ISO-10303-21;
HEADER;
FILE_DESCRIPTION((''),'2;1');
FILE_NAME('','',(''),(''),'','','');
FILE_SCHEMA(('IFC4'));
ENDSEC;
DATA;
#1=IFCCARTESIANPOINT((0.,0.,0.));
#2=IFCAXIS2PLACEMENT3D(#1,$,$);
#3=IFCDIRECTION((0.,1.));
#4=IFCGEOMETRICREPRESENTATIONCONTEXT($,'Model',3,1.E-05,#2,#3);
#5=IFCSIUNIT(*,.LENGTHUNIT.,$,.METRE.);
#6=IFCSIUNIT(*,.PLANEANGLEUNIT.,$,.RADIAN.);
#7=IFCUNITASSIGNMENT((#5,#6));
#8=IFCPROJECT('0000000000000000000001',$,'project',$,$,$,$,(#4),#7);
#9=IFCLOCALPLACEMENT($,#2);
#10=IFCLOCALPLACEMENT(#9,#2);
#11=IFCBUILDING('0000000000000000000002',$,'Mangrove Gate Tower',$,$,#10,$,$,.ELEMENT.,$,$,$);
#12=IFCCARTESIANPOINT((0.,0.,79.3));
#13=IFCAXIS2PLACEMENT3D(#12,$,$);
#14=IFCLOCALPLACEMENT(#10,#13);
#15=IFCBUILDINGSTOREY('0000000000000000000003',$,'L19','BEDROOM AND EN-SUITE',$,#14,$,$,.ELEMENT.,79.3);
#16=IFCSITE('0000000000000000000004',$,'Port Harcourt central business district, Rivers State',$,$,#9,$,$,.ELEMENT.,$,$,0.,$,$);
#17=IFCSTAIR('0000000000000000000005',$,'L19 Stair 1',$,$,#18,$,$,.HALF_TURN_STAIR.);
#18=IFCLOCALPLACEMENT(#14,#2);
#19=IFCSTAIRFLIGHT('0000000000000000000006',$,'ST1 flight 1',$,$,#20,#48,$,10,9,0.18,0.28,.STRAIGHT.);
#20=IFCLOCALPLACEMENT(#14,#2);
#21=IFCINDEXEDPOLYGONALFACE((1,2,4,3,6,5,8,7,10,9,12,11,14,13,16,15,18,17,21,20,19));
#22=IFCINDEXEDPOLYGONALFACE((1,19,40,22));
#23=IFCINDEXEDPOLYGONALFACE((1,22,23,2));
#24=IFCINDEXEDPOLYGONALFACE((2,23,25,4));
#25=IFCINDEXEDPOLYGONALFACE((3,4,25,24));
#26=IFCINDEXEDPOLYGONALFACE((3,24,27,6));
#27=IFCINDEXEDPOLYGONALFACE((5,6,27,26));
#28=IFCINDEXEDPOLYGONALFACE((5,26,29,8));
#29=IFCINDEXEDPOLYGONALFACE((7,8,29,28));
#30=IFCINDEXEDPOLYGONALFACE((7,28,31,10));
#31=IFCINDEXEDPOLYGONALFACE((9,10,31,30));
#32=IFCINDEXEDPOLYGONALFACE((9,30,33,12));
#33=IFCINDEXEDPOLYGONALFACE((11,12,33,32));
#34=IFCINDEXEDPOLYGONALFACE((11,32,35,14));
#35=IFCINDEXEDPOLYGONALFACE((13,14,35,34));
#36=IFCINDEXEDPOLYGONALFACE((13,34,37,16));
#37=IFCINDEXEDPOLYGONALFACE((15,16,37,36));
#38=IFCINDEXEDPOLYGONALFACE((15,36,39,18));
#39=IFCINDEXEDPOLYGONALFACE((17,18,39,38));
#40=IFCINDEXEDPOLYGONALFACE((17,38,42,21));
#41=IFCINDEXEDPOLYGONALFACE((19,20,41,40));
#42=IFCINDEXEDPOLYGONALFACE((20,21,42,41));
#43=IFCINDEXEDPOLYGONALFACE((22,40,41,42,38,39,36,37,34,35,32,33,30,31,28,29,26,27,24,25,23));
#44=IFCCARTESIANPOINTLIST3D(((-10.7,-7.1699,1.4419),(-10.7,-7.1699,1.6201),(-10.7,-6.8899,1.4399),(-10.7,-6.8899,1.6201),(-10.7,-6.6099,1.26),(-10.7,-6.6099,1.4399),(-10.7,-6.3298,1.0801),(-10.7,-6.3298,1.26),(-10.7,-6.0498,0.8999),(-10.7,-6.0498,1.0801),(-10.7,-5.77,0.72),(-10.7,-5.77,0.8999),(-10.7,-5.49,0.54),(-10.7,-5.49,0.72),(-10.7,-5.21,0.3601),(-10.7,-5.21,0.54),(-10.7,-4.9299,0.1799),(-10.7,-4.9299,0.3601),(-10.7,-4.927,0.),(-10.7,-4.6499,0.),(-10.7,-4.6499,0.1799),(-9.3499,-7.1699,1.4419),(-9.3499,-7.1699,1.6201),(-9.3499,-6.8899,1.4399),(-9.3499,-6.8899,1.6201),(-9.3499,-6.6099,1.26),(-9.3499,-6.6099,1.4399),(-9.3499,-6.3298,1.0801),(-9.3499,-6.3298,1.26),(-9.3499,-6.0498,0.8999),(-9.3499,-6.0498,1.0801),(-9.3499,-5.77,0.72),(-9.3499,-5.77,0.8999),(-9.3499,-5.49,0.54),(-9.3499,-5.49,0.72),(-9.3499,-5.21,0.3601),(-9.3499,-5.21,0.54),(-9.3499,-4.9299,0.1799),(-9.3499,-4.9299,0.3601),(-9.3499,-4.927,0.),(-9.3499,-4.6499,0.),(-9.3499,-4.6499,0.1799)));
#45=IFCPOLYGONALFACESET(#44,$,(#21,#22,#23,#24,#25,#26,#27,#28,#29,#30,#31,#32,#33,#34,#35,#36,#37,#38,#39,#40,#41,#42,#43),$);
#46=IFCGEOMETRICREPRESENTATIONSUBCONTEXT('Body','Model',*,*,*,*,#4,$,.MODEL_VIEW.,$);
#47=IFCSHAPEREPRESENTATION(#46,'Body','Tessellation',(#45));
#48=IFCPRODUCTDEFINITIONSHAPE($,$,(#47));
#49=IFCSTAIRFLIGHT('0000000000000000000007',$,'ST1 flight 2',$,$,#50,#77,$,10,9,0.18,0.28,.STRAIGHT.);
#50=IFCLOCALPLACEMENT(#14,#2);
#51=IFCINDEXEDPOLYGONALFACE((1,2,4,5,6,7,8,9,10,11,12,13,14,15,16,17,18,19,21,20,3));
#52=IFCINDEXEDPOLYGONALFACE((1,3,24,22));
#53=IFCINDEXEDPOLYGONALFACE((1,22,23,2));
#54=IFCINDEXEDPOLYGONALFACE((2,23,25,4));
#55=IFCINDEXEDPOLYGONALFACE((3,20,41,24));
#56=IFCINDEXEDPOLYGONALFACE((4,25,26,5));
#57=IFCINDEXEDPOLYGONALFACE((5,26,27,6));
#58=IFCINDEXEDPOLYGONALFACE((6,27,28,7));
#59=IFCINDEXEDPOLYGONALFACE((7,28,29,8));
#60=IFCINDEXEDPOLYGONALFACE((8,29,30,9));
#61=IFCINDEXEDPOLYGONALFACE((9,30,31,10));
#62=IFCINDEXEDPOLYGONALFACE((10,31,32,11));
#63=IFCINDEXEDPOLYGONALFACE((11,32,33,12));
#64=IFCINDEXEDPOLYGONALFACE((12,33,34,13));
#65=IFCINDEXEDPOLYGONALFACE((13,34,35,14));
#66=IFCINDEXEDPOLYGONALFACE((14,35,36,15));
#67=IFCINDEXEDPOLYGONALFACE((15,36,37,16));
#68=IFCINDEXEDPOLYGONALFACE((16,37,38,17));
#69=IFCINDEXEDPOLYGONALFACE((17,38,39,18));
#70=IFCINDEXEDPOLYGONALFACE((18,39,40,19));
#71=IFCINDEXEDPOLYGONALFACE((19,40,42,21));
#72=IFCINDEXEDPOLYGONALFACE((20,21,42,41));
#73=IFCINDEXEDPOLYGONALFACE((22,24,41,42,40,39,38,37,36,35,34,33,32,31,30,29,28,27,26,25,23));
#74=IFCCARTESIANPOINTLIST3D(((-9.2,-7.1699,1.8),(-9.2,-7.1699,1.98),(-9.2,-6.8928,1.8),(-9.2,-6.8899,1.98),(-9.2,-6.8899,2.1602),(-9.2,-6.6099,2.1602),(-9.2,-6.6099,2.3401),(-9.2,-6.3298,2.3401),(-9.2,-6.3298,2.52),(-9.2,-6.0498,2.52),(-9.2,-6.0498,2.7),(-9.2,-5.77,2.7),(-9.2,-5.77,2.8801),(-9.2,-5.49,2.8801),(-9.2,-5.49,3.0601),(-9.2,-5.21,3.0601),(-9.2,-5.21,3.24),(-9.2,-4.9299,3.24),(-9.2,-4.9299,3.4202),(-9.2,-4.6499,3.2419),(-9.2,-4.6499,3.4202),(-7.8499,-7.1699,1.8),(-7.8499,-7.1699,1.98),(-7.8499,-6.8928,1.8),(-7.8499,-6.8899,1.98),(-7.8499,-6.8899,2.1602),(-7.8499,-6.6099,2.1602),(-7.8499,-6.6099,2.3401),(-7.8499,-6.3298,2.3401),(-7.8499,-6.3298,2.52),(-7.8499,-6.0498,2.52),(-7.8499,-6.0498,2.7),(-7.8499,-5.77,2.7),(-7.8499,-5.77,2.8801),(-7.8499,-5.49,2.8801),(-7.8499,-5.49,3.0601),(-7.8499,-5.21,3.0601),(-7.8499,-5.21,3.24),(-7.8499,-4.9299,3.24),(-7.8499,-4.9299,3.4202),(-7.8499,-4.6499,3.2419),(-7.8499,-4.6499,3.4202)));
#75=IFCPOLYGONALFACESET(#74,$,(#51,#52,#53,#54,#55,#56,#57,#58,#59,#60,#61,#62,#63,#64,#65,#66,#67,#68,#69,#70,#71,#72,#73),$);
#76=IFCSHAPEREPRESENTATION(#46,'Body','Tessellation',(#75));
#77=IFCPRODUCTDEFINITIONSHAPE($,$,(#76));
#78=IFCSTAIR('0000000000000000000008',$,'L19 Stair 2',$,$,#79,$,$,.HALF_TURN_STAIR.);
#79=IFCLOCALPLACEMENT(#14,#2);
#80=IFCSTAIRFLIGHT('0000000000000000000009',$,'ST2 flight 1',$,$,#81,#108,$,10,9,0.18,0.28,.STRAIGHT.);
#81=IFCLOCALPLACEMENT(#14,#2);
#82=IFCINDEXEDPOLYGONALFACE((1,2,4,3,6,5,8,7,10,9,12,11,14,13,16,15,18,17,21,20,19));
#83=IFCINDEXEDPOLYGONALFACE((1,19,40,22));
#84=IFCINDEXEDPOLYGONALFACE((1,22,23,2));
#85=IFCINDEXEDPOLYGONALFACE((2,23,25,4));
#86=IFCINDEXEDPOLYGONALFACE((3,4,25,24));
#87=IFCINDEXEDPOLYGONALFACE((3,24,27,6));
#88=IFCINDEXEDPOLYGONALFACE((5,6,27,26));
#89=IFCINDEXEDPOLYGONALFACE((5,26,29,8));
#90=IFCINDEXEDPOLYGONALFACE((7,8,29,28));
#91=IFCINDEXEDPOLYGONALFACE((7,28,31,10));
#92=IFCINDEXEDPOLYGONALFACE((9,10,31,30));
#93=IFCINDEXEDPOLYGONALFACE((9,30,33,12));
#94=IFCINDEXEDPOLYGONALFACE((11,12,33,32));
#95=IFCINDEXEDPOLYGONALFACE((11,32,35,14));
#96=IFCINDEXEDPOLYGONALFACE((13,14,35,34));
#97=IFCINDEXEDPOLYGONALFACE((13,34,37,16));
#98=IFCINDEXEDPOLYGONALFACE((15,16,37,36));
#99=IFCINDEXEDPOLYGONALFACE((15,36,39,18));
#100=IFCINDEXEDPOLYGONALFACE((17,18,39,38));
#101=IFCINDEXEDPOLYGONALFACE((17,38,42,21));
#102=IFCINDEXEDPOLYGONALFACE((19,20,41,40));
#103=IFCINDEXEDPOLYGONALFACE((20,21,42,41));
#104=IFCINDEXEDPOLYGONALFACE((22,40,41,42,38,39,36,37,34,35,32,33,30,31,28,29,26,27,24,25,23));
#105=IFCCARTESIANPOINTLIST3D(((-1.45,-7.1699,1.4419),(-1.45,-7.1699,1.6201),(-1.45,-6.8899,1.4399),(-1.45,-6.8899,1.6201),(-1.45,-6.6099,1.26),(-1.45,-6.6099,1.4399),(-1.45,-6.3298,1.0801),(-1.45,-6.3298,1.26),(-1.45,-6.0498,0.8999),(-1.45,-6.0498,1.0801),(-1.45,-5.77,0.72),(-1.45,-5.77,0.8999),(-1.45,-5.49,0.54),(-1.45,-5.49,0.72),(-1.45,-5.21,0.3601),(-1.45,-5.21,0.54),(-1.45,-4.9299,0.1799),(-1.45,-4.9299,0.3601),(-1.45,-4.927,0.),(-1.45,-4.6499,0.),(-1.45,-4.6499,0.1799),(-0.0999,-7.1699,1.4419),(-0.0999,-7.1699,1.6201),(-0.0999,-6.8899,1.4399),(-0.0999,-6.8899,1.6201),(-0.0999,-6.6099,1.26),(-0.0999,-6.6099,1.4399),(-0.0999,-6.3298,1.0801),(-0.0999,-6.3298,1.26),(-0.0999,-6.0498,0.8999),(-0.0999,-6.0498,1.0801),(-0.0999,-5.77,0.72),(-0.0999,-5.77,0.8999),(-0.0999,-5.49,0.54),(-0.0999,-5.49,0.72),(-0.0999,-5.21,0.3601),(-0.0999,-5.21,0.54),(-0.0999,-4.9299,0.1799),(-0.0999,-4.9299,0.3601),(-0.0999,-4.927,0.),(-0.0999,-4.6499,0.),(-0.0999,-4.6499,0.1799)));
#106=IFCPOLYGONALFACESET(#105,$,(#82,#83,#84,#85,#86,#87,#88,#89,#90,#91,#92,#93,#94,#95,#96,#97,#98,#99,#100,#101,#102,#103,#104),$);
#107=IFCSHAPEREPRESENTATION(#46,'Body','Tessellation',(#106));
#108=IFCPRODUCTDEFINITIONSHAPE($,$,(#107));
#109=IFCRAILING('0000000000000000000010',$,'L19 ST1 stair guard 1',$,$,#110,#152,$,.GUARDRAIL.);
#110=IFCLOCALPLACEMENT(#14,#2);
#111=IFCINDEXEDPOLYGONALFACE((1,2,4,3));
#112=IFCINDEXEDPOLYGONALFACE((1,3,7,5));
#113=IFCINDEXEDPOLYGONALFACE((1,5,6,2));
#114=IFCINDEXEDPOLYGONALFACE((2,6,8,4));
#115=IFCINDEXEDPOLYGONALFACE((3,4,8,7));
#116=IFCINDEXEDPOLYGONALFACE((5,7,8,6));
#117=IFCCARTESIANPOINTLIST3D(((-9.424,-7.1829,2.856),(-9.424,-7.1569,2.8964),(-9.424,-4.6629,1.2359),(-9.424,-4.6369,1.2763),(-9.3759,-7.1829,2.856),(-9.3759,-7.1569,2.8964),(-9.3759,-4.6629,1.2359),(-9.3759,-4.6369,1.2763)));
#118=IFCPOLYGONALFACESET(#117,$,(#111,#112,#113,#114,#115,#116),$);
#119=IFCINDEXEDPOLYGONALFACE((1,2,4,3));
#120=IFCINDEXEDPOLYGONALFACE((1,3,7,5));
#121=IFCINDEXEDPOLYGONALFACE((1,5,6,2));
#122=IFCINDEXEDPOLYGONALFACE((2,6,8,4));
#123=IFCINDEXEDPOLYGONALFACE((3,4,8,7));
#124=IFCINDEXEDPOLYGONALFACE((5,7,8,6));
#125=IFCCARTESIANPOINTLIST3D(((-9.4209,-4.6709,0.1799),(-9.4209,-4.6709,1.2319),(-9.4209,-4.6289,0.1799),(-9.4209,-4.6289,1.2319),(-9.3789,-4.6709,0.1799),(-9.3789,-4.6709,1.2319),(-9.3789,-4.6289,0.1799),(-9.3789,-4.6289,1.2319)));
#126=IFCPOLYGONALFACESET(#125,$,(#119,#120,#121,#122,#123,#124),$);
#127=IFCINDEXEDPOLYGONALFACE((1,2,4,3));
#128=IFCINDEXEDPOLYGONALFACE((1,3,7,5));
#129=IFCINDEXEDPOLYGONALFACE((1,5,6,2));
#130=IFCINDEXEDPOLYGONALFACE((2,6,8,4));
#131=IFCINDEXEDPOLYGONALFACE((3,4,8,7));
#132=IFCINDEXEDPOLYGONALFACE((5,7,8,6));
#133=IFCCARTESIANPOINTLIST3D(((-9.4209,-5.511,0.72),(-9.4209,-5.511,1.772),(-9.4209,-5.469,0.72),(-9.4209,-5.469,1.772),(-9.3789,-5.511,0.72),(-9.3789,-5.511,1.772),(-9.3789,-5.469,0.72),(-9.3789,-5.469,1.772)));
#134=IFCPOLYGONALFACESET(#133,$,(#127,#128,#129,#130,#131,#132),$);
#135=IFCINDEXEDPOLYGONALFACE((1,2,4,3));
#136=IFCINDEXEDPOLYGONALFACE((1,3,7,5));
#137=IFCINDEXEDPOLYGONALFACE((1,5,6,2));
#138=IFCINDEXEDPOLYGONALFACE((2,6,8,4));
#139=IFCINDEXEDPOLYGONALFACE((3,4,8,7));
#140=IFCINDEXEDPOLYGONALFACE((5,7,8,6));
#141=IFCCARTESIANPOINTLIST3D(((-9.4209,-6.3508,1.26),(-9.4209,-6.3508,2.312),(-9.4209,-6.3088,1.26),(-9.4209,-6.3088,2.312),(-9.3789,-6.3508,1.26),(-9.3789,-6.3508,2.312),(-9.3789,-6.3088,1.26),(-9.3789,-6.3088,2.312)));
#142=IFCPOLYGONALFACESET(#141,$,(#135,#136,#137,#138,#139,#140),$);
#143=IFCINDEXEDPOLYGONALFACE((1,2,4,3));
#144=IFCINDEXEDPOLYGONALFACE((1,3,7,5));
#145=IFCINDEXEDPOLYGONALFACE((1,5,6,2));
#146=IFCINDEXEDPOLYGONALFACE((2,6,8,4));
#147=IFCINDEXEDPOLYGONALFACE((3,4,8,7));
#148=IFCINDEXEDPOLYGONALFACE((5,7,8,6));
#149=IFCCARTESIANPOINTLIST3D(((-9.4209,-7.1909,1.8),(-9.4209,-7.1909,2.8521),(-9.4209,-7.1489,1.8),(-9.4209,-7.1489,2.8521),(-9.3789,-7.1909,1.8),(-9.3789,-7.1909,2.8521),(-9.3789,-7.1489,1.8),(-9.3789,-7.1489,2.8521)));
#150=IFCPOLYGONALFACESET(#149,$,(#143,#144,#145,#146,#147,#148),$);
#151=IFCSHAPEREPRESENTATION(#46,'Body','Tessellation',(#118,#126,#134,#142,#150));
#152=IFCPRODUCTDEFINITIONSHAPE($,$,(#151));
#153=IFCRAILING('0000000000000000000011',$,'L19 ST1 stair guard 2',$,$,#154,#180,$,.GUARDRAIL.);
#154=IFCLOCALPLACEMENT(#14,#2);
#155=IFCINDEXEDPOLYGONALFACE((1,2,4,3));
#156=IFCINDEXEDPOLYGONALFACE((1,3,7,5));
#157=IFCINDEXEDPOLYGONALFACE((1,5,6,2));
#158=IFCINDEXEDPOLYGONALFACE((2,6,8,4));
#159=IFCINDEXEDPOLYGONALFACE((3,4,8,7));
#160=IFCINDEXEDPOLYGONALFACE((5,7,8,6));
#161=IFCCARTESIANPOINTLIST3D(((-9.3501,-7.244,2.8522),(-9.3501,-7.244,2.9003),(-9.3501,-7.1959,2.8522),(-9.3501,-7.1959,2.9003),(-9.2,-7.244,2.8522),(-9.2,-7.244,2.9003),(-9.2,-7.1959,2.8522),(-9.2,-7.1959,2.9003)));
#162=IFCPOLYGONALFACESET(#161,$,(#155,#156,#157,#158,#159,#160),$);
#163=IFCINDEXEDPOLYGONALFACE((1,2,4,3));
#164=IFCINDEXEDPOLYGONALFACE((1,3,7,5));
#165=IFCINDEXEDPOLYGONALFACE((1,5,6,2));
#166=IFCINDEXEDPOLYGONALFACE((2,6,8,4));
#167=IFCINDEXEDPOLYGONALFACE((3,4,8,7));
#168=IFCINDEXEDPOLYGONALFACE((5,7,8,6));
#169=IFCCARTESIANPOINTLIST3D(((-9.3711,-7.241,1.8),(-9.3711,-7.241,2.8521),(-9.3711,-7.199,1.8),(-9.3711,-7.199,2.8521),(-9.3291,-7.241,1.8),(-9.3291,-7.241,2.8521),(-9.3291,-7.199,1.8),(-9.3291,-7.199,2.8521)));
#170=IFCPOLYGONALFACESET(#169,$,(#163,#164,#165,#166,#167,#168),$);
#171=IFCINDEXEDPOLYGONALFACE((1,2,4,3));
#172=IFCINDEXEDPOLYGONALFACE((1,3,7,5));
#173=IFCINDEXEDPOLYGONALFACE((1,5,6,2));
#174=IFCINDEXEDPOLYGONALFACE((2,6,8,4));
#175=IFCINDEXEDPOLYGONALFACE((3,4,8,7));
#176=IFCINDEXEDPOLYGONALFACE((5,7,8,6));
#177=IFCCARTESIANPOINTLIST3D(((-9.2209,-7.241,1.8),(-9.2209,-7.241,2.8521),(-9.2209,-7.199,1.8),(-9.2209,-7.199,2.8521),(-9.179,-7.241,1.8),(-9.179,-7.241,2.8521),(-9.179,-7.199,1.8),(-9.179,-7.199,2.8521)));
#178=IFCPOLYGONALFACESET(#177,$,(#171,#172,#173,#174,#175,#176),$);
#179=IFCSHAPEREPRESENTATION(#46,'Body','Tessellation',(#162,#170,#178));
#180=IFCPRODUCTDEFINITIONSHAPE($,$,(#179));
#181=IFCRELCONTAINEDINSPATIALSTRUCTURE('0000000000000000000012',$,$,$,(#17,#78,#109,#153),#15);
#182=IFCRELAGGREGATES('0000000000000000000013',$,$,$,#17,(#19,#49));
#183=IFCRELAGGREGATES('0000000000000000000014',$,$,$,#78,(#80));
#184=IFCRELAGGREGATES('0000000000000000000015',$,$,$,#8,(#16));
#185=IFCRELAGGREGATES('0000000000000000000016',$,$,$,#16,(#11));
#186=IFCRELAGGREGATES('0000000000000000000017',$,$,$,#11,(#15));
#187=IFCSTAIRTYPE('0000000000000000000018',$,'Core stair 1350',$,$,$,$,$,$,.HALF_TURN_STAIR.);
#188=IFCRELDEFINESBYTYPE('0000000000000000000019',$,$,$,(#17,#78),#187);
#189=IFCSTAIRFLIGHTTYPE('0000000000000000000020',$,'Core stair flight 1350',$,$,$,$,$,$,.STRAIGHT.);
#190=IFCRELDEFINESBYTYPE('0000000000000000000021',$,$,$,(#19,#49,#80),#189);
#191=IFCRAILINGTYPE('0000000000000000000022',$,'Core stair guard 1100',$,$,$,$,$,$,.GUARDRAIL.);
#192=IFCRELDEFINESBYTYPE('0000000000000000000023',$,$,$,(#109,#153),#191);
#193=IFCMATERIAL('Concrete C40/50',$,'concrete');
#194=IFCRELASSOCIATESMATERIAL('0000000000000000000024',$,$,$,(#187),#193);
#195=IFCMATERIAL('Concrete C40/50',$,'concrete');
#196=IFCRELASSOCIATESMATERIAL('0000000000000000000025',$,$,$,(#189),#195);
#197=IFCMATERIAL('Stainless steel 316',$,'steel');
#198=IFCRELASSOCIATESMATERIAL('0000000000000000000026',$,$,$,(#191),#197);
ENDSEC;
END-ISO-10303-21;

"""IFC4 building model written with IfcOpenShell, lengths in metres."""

from ifc_helpers import new_model, si_unit, direction, frame, origin, origin_2d, place, context, subcontext, project, spatial, polyline, rectangle, outline, extrude, material, type_object, element, aggregate, save


model = new_model("IFC4")

# Units and contexts
model_context = context("Model", 3, precision=1e-05, world=origin(), true_north=direction((0.0, 1.0)))
body_context = subcontext(model_context, "Body", "Model", "MODEL_VIEW")
ifc_project = project(units=[si_unit("LENGTHUNIT", "METRE"), si_unit("PLANEANGLEUNIT", "RADIAN")], contexts=[model_context])

# Site, building, storey
site_placement = place(None, origin())
site = spatial("IfcSite", under=ifc_project, at=site_placement, Name="Port Harcourt central business district, Rivers State", CompositionType="ELEMENT", RefElevation=0.0)
building_placement = place(site_placement, origin())
building = spatial("IfcBuilding", under=site, at=building_placement, Name="Mangrove Gate Tower", CompositionType="ELEMENT")
storey_placement = place(building_placement, frame((0.0, 0.0, 79.3)))
storey = spatial("IfcBuildingStorey", under=building, at=storey_placement, Name="L19", Description="BEDROOM AND EN-SUITE", CompositionType="ELEMENT", Elevation=79.3)

# Stair, stair flights
ifc_material_1 = material(Name="Concrete C40/50", Category="concrete")
stair_type = type_object("IfcStairType", Name="Core stair 1350", PredefinedType="HALF_TURN_STAIR", material=ifc_material_1)
stair_1_placement = place(storey_placement, origin())
stair_1 = element("IfcStair", 1, at=stair_1_placement, inside=storey, type_object=stair_type, Name="L19 Stair 1", PredefinedType="HALF_TURN_STAIR")
ifc_material_2 = material(Name="Concrete C40/50", Category="concrete")
stair_flight_type = type_object("IfcStairFlightType", Name="Core stair flight 1350", PredefinedType="STRAIGHT", material=ifc_material_2)
stair_flight_1_placement = place(storey_placement, frame((-10.0249, -4.6499, 0.0), z_axis=(0.0, 0.0, 1.0), x_axis=(0.0, -1.0, 0.0)))
stair_flight_1 = element("IfcStairFlight", 2, at=stair_flight_1_placement, type_object=stair_flight_type, Name="ST1 flight 1", NumberOfRisers=10, NumberOfTreads=9, PredefinedType="STRAIGHT", RiserHeight=0.18, TreadLength=0.28, context=body_context, shape_type="SweptSolid", body=[
    extrude(outline(polyline([(0.0, 0.0), (0.0, 0.1799), (0.28, 0.1799), (0.28, 0.3601), (0.5601, 0.3601), (0.5601, 0.54), (0.8401, 0.54), (0.8401, 0.72), (1.1201, 0.72), (1.1201, 0.8999), (1.3999, 0.8999), (1.3999, 1.0801), (1.6799, 1.0801), (1.6799, 1.26), (1.96, 1.26), (1.96, 1.4399), (2.24, 1.4399), (2.24, 1.6201), (2.52, 1.6201), (2.52, 1.8), (2.52, 1.4419), (0.2771, 0.0), (0.0, 0.0)])), frame((0.0, 0.675, 0.0), z_axis=(0.0, -1.0, 0.0), x_axis=(1.0, 0.0, 0.0)), (0.0, 0.0, 1.0), 1.3501),
])
stair_flight_2_placement = place(storey_placement, frame((-8.5249, -7.1699, 1.8), z_axis=(0.0, 0.0, 1.0), x_axis=(0.0, 1.0, 0.0)))
stair_flight_2 = element("IfcStairFlight", 3, at=stair_flight_2_placement, type_object=stair_flight_type, Name="ST1 flight 2", NumberOfRisers=10, NumberOfTreads=9, PredefinedType="STRAIGHT", RiserHeight=0.18, TreadLength=0.28, context=body_context, shape_type="SweptSolid", body=[
    extrude(outline(polyline([(0.0, 0.0), (0.0, 0.1799), (0.28, 0.1799), (0.28, 0.3601), (0.5601, 0.3601), (0.5601, 0.54), (0.8401, 0.54), (0.8401, 0.72), (1.1201, 0.72), (1.1201, 0.8999), (1.3999, 0.8999), (1.3999, 1.0801), (1.6799, 1.0801), (1.6799, 1.26), (1.96, 1.26), (1.96, 1.4399), (2.24, 1.4399), (2.24, 1.6201), (2.52, 1.6201), (2.52, 1.8), (2.52, 1.4419), (0.2771, 0.0), (0.0, 0.0)])), frame((0.0, 0.675, 0.0), z_axis=(0.0, -1.0, 0.0), x_axis=(1.0, 0.0, 0.0)), (0.0, 0.0, 1.0), 1.3501),
])
aggregate(stair_1, [stair_flight_1, stair_flight_2])

# Stair, stair flight
stair_2_placement = place(storey_placement, origin())
stair_2 = element("IfcStair", 4, at=stair_2_placement, inside=storey, type_object=stair_type, Name="L19 Stair 2", PredefinedType="HALF_TURN_STAIR")
stair_flight_3_placement = place(storey_placement, frame((-0.7749, -4.6499, 0.0), z_axis=(0.0, 0.0, 1.0), x_axis=(0.0, -1.0, 0.0)))
stair_flight_3 = element("IfcStairFlight", 5, at=stair_flight_3_placement, type_object=stair_flight_type, Name="ST2 flight 1", NumberOfRisers=10, NumberOfTreads=9, PredefinedType="STRAIGHT", RiserHeight=0.18, TreadLength=0.28, context=body_context, shape_type="SweptSolid", body=[
    extrude(outline(polyline([(0.0, 0.0), (0.0, 0.1799), (0.28, 0.1799), (0.28, 0.3601), (0.5601, 0.3601), (0.5601, 0.54), (0.8401, 0.54), (0.8401, 0.72), (1.1201, 0.72), (1.1201, 0.8999), (1.3999, 0.8999), (1.3999, 1.0801), (1.6799, 1.0801), (1.6799, 1.26), (1.96, 1.26), (1.96, 1.4399), (2.24, 1.4399), (2.24, 1.6201), (2.52, 1.6201), (2.52, 1.8), (2.52, 1.4419), (0.2771, 0.0), (0.0, 0.0)])), frame((0.0, 0.675, 0.0), z_axis=(0.0, -1.0, 0.0), x_axis=(1.0, 0.0, 0.0)), (0.0, 0.0, 1.0), 1.3501),
])
aggregate(stair_2, [stair_flight_3])

# Railings
ifc_material_3 = material(Name="Stainless steel 316", Category="steel")
railing_type_1 = type_object("IfcRailingType", Name="Core stair guard 1100", PredefinedType="GUARDRAIL", material=ifc_material_3)
railing_1_placement = place(storey_placement, frame((-9.3999, -4.6499, 0.1799)))
element("IfcRailing", 6, at=railing_1_placement, inside=storey, type_object=railing_type_1, Name="L19 ST1 stair guard 1", PredefinedType="GUARDRAIL", context=body_context, shape_type="SweptSolid", body=[
    extrude(rectangle(XDim=0.0481, YDim=0.0481, at=origin_2d()), frame((0.0, 0.0, 1.0762), z_axis=(0.0, -0.841163, 0.540782), x_axis=(1.0, 0.0, 0.0)), (0.0, 0.0, 1.0), 2.9958),
    extrude(rectangle(XDim=0.042, YDim=0.042, at=origin_2d()), origin(), (0.0, 0.0, 1.0), 1.052),
    extrude(rectangle(XDim=0.042, YDim=0.042, at=origin_2d()), frame((0.0, -0.8401, 0.54)), (0.0, 0.0, 1.0), 1.052),
    extrude(rectangle(XDim=0.042, YDim=0.042, at=origin_2d()), frame((0.0, -1.6799, 1.0801)), (0.0, 0.0, 1.0), 1.052),
    extrude(rectangle(XDim=0.042, YDim=0.042, at=origin_2d()), frame((0.0, -2.52, 1.6201)), (0.0, 0.0, 1.0), 1.052),
])
railing_2_placement = place(storey_placement, frame((-9.3501, -7.22, 1.8)))
element("IfcRailing", 7, at=railing_2_placement, inside=storey, type_object=railing_type_1, Name="L19 ST1 stair guard 2", PredefinedType="GUARDRAIL", context=body_context, shape_type="SweptSolid", body=[
    extrude(rectangle(XDim=0.0481, YDim=0.0481, at=origin_2d()), frame((0.0, 0.0, 1.0762), z_axis=(1.0, 0.0, 0.0), x_axis=(0.0, 1.0, 0.0)), (0.0, 0.0, 1.0), 0.1501),
    extrude(rectangle(XDim=0.042, YDim=0.042, at=origin_2d()), origin(), (0.0, 0.0, 1.0), 1.052),
    extrude(rectangle(XDim=0.042, YDim=0.042, at=origin_2d()), frame((0.1501, 0.0, 0.0)), (0.0, 0.0, 1.0), 1.052),
])

save(model, "model.ifc")
